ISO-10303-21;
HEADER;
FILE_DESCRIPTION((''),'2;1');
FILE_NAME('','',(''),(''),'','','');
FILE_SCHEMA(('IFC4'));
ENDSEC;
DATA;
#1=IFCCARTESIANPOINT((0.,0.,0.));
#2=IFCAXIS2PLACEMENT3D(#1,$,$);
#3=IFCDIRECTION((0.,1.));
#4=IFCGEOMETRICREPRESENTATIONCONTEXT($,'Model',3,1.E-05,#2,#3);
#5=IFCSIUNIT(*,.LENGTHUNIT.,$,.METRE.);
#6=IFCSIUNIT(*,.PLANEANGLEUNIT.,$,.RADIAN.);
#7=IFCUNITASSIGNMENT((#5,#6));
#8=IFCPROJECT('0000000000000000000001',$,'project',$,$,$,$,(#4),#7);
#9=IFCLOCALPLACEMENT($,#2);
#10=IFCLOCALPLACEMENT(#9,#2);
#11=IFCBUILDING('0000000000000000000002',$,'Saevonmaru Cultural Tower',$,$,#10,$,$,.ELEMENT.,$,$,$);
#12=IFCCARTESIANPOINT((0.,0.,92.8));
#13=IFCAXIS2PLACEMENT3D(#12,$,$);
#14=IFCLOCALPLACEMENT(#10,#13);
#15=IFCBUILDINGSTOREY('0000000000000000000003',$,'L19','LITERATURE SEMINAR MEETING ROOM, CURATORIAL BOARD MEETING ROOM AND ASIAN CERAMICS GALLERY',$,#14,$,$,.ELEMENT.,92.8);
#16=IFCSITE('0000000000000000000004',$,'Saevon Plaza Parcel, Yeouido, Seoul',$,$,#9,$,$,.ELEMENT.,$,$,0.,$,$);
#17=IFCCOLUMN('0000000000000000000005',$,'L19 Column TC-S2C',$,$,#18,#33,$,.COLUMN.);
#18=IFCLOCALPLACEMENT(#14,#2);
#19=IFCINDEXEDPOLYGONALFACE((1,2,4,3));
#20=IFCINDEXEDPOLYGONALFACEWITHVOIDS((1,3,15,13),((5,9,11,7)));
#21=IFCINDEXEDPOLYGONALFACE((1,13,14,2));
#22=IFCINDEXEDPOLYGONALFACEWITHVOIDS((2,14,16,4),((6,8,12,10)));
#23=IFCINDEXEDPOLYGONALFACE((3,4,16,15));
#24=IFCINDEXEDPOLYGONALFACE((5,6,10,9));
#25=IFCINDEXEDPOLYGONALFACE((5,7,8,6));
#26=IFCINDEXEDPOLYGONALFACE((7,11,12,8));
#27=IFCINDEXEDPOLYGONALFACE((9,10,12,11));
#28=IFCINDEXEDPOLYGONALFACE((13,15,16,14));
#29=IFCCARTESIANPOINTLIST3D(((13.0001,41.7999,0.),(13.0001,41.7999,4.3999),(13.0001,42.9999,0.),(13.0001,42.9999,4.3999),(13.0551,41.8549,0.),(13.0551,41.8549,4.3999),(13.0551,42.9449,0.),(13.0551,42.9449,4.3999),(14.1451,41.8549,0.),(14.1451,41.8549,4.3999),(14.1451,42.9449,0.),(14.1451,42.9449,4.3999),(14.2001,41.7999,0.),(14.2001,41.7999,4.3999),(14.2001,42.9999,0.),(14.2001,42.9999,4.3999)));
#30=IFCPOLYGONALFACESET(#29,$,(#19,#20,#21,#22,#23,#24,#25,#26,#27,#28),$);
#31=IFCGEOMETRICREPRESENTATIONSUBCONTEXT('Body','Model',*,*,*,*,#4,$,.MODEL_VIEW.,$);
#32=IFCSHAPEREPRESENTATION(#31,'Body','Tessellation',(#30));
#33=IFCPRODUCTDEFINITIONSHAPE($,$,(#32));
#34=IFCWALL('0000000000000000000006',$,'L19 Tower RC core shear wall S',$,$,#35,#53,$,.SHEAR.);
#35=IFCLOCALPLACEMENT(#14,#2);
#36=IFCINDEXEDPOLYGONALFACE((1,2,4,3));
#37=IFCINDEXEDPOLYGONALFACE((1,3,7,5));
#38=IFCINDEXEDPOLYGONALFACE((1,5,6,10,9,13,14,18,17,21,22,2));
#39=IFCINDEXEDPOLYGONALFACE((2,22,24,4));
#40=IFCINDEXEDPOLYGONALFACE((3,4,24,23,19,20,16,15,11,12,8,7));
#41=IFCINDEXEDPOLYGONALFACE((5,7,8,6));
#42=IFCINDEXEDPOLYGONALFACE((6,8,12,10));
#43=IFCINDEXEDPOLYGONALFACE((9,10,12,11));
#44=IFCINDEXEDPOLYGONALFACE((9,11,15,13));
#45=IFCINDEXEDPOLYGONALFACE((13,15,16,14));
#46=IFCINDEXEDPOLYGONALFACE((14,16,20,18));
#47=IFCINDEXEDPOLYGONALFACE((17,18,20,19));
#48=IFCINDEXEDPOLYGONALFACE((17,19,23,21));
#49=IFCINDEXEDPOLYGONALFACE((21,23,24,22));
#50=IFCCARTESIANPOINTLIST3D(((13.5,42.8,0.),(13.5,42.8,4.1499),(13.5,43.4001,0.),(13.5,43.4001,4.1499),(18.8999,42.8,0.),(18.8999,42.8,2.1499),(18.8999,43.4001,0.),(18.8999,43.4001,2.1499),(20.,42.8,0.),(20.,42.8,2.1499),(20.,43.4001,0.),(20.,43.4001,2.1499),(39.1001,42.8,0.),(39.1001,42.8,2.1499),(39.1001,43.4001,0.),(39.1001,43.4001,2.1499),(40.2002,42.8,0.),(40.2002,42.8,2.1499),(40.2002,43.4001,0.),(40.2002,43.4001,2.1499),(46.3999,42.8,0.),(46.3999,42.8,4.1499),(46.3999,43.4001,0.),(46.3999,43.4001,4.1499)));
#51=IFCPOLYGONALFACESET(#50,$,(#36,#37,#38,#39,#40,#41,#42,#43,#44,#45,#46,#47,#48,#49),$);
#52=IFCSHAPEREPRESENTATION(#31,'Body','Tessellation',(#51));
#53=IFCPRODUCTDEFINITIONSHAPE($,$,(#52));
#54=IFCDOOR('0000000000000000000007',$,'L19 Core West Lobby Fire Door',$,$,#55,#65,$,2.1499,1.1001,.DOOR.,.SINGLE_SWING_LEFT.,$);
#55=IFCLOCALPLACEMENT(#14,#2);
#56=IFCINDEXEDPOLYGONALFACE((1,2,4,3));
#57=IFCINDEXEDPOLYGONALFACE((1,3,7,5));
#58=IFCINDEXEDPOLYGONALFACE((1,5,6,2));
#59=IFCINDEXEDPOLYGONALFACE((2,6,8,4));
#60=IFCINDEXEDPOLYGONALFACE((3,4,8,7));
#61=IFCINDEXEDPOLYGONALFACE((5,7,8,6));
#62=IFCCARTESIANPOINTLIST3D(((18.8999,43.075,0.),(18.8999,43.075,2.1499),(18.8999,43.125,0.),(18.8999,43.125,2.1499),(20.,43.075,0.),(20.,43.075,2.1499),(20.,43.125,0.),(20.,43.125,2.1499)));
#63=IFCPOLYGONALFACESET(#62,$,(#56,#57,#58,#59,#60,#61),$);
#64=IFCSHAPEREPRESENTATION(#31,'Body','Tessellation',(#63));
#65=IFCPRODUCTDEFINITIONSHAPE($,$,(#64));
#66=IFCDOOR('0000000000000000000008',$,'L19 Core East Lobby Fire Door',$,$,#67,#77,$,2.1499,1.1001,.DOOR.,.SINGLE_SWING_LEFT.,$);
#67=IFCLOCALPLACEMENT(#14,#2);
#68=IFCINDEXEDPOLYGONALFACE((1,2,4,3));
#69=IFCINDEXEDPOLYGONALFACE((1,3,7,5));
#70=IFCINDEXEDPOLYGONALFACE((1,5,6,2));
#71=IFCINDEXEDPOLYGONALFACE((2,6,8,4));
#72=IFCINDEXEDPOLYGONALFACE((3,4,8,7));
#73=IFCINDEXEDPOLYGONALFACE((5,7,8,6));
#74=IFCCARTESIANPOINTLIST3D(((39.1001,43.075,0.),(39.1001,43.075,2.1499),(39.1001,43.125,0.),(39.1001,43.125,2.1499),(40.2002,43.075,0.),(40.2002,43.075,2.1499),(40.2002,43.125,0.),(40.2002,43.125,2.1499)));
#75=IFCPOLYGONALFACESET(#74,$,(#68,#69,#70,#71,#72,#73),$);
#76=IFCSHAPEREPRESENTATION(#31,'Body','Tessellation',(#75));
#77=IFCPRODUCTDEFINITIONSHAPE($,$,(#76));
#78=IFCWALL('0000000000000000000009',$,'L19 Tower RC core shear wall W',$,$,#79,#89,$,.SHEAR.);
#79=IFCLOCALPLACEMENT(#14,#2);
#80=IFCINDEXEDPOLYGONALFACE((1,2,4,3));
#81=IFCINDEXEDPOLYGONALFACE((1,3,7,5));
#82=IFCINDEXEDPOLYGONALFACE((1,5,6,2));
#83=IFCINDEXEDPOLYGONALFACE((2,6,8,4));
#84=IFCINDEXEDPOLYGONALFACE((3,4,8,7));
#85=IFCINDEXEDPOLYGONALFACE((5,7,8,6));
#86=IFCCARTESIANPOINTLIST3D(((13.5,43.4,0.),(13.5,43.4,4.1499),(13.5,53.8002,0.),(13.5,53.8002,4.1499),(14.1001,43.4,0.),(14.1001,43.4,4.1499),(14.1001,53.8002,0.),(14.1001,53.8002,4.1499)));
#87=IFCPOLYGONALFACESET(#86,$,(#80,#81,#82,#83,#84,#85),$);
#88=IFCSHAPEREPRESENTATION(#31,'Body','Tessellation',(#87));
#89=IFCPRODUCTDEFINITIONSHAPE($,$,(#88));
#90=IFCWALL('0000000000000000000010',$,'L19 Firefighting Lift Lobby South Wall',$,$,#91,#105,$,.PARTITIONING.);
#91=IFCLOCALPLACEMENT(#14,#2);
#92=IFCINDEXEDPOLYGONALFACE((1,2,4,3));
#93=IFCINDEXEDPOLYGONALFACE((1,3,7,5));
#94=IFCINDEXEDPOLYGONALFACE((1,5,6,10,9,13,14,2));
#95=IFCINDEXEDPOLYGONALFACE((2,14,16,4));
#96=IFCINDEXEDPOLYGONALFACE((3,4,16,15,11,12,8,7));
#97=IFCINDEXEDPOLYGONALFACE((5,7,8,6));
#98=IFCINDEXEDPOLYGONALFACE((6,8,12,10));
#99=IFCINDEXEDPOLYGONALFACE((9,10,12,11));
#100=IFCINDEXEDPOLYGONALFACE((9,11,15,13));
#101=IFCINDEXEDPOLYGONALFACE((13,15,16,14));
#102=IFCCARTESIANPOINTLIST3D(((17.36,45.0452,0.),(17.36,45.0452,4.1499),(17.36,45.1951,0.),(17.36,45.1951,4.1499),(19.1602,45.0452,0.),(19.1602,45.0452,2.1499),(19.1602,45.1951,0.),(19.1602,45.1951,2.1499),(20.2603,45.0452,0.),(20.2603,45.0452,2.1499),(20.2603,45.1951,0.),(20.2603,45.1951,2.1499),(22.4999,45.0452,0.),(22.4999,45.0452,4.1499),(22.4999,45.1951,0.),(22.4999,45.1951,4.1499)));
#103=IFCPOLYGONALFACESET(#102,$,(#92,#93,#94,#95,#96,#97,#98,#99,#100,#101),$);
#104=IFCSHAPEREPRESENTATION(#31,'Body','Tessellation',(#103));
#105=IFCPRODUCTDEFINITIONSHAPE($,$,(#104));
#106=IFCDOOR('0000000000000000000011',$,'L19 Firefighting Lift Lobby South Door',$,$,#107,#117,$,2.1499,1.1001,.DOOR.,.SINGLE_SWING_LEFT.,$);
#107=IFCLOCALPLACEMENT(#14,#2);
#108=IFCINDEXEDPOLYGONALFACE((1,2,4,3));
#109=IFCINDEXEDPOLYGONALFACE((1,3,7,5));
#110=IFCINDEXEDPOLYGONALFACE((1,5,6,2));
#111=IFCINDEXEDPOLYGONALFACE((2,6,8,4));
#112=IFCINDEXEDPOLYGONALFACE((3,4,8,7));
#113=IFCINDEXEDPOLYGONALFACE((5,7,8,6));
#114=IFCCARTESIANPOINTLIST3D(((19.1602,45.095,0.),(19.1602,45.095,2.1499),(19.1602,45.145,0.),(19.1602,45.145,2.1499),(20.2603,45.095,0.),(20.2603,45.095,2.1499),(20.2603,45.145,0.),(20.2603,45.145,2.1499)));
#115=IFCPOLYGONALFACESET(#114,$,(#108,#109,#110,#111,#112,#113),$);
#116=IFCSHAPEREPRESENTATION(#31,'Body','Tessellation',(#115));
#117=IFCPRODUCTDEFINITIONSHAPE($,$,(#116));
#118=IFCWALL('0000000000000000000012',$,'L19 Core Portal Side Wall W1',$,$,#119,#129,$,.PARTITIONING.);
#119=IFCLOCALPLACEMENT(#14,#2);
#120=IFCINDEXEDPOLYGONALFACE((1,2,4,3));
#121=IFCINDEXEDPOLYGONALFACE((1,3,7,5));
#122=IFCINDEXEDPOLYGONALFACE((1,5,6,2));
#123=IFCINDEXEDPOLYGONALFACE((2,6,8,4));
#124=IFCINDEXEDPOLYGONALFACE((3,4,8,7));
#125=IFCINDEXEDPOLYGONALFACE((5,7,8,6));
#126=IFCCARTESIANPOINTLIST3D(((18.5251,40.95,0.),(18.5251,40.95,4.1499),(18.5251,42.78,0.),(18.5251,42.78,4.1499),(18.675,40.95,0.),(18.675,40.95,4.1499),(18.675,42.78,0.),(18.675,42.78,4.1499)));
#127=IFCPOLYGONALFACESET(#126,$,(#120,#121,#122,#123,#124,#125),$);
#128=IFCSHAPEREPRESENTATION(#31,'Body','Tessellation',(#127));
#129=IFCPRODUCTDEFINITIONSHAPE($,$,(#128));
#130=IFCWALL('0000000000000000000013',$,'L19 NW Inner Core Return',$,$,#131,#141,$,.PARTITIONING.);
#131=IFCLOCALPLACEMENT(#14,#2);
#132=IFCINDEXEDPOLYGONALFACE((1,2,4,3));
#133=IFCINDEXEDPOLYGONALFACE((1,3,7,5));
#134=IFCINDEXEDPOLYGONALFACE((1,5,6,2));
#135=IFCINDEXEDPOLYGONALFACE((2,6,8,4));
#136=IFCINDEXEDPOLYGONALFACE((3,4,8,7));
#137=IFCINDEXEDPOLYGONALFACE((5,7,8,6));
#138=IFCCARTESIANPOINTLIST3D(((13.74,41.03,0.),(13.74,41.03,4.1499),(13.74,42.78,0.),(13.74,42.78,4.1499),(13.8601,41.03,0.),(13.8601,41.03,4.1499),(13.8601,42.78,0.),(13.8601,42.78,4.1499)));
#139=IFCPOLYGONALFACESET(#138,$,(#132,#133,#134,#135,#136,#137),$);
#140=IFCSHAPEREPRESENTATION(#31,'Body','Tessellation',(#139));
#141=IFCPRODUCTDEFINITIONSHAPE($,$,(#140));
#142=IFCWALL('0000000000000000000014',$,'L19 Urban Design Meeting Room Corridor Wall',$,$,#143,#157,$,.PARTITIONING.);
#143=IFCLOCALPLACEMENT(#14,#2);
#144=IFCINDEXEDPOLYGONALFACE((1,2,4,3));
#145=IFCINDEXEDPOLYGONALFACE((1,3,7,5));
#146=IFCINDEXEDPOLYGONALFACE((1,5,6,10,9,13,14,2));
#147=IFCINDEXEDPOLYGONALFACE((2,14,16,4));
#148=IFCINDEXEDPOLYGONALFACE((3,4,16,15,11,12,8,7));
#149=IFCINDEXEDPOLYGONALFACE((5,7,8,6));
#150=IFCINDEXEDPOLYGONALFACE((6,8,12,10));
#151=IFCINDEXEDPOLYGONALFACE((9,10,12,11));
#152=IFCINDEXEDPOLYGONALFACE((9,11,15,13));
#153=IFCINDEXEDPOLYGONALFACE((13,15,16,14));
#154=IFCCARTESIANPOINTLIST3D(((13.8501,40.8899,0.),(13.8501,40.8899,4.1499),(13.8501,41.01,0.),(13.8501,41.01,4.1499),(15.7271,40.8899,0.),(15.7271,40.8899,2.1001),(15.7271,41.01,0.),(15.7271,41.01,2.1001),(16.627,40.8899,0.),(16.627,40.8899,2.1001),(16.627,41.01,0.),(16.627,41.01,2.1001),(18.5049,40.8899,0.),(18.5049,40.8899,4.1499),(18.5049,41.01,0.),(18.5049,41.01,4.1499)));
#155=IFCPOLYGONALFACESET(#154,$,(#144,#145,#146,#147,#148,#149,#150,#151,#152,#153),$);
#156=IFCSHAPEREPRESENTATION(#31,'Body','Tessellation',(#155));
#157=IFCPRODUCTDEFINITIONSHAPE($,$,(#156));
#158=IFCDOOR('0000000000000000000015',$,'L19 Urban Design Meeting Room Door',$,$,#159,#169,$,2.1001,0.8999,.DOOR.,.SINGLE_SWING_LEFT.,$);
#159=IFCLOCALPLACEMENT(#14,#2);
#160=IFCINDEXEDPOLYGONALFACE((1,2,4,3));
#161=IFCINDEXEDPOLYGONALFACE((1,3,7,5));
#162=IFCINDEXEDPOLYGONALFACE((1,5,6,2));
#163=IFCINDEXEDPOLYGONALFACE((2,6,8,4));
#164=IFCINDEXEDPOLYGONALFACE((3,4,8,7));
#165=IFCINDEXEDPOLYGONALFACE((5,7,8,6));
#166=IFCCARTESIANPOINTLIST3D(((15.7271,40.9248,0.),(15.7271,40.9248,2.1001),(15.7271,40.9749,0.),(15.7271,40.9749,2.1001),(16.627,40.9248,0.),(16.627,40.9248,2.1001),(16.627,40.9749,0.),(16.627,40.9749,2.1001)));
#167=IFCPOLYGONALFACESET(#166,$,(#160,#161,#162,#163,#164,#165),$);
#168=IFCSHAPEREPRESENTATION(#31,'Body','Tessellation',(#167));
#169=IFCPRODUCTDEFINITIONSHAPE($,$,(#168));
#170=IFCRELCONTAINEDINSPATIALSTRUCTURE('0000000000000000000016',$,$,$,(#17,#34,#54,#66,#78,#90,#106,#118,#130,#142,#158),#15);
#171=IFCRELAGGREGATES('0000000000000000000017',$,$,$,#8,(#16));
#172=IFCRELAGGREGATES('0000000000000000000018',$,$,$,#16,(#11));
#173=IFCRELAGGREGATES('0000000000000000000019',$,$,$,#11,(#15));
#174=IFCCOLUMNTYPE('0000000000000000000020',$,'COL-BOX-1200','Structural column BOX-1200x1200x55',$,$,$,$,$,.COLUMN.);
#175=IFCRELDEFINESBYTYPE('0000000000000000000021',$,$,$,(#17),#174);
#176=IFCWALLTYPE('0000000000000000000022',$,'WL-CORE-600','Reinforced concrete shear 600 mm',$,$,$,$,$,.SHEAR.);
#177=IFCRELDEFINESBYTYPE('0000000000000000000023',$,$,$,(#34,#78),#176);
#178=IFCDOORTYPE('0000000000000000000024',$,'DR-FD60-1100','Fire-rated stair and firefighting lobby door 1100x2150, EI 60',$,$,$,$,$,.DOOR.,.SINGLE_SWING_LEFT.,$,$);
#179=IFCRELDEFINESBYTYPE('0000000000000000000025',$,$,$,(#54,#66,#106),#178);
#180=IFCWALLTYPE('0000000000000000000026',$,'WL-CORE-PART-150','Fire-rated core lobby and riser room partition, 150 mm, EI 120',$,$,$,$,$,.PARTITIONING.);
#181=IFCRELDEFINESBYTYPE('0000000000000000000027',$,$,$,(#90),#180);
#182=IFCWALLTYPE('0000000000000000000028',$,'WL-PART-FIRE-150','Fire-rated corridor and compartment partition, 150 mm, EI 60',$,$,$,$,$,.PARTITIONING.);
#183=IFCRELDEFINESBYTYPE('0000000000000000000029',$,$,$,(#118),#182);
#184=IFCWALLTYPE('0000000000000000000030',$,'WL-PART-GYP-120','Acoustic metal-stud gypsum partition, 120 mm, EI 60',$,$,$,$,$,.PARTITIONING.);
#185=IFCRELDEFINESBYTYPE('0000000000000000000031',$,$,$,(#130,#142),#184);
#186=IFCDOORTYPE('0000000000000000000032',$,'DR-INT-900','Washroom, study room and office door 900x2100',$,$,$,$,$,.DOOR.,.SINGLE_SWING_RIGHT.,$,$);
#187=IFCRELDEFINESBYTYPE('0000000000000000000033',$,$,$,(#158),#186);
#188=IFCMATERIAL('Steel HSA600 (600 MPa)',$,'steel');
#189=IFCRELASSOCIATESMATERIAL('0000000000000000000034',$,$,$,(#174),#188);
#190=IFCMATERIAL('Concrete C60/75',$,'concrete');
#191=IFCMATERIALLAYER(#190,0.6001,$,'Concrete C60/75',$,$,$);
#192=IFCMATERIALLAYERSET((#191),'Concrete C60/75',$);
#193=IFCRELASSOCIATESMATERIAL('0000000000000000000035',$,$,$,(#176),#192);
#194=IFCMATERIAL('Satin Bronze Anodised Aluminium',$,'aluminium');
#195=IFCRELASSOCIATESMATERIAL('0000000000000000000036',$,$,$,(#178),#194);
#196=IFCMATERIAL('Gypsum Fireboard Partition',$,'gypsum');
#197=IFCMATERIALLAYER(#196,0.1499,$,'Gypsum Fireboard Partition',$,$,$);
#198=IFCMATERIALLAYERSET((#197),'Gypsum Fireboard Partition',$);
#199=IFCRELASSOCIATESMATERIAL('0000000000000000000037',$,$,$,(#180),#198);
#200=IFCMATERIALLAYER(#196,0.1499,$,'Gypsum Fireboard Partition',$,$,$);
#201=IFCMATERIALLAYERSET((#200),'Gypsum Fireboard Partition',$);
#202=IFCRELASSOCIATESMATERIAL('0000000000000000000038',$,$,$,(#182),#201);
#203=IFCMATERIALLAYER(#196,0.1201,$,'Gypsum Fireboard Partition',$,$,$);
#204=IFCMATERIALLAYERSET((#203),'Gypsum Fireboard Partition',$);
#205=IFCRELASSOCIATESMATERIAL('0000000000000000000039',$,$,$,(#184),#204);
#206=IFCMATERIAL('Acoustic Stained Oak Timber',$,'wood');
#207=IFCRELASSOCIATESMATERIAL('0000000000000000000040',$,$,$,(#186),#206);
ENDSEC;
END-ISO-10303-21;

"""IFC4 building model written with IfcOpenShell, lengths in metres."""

from ifc_helpers import new_model, si_unit, direction, frame, frame_2d, origin, origin_2d, place, context, subcontext, project, spatial, rectangle, hollow_rectangle, extrude, material, layer, layer_set, material_profile, profile_set, type_object, element, fill, save


model = new_model("IFC4")

# Units and contexts
model_context = context("Model", 3, precision=1e-05, world=origin(), true_north=direction((0.0, 1.0)))
body_context = subcontext(model_context, "Body", "Model", "MODEL_VIEW")
ifc_project = project(units=[si_unit("LENGTHUNIT", "METRE"), si_unit("PLANEANGLEUNIT", "RADIAN")], contexts=[model_context])

# Site, building, storey
site_placement = place(None, origin())
site = spatial("IfcSite", under=ifc_project, at=site_placement, Name="Saevon Plaza Parcel, Yeouido, Seoul", CompositionType="ELEMENT", RefElevation=0.0)
building_placement = place(site_placement, origin())
building = spatial("IfcBuilding", under=site, at=building_placement, Name="Saevonmaru Cultural Tower", CompositionType="ELEMENT")
storey_placement = place(building_placement, frame((0.0, 0.0, 92.8)))
storey = spatial("IfcBuildingStorey", under=building, at=storey_placement, Name="L19", Description="LITERATURE SEMINAR MEETING ROOM, CURATORIAL BOARD MEETING ROOM AND ASIAN CERAMICS GALLERY", CompositionType="ELEMENT", Elevation=92.8)

# Column
ifc_material_1 = material(Name="Steel HSA600 (600 MPa)", Category="steel")
ifc_material_profile = material_profile(ifc_material_1, hollow_rectangle(XDim=1.2, YDim=1.2, WallThickness=0.0549, at=origin_2d()), Name="BOX-1200x1200x55")
ifc_profile_set = profile_set([ifc_material_profile], Name="Steel HSA600 (600 MPa)")
column_type = type_object("IfcColumnType", Name="COL-BOX-1200", Description="Structural column BOX-1200x1200x55", PredefinedType="COLUMN", material=ifc_profile_set)
column_placement = place(storey_placement, frame((13.6001, 42.3999, 0.0), z_axis=(0.0, 0.0, 1.0), x_axis=(1.0, 0.0, 0.0)))
element("IfcColumn", 1, at=column_placement, inside=storey, type_object=column_type, Name="L19 Column TC-S2C", PredefinedType="COLUMN", context=body_context, shape_type="SweptSolid", body=[
    extrude(hollow_rectangle(XDim=1.2, YDim=1.2, WallThickness=0.0549, at=origin_2d()), origin(), (0.0, 0.0, 1.0), 4.3999),
])

# Wall, openings, doors
ifc_material_2 = material(Name="Concrete C60/75", Category="concrete")
ifc_layer_1 = layer(ifc_material_2, 0.6001, Name="Concrete C60/75")
ifc_layer_set_1 = layer_set([ifc_layer_1], Name="Concrete C60/75")
wall_type_1 = type_object("IfcWallType", Name="WL-CORE-600", Description="Reinforced concrete shear 600 mm", PredefinedType="SHEAR", material=ifc_layer_set_1)
wall_1_placement = place(storey_placement, frame((13.5, 43.1001, 0.0), z_axis=(0.0, 0.0, 1.0), x_axis=(1.0, 0.0, 0.0)))
wall_1 = element("IfcWall", 2, at=wall_1_placement, inside=storey, type_object=wall_type_1, Name="L19 Tower RC core shear wall S", PredefinedType="SHEAR", context=body_context, shape_type="SweptSolid", body=[
    extrude(rectangle(XDim=32.8999, YDim=0.6001, at=frame_2d((16.45, 0.0))), origin(), (0.0, 0.0, 1.0), 4.1499),
])
opening_1_placement = place(wall_1_placement, frame((5.3999, 0.0, 0.0)))
opening_1 = element("IfcOpeningElement", 3, at=opening_1_placement, cuts=wall_1, PredefinedType="OPENING", context=body_context, shape_type="SweptSolid", body=[
    extrude(rectangle(XDim=1.1001, YDim=2.1499, at=frame_2d((0.55, 1.075))), frame((0.0, 0.3101, 0.0), z_axis=(0.0, -1.0, 0.0), x_axis=(1.0, 0.0, 0.0)), (0.0, 0.0, 1.0), 0.6201),
])
opening_2_placement = place(wall_1_placement, frame((25.6001, 0.0, 0.0)))
opening_2 = element("IfcOpeningElement", 4, at=opening_2_placement, cuts=wall_1, PredefinedType="OPENING", context=body_context, shape_type="SweptSolid", body=[
    extrude(rectangle(XDim=1.1001, YDim=2.1499, at=frame_2d((0.55, 1.075))), frame((0.0, 0.3101, 0.0), z_axis=(0.0, -1.0, 0.0), x_axis=(1.0, 0.0, 0.0)), (0.0, 0.0, 1.0), 0.6201),
])
ifc_material_3 = material(Name="Satin Bronze Anodised Aluminium", Category="aluminium")
door_type_1 = type_object("IfcDoorType", Name="DR-FD60-1100", Description="Fire-rated stair and firefighting lobby door 1100x2150, EI 60", OperationType="SINGLE_SWING_LEFT", PredefinedType="DOOR", material=ifc_material_3)
door_1_placement = place(opening_1_placement, origin())
door_1 = element("IfcDoor", 5, at=door_1_placement, inside=storey, type_object=door_type_1, Name="L19 Core West Lobby Fire Door", OperationType="SINGLE_SWING_LEFT", OverallHeight=2.1499, OverallWidth=1.1001, PredefinedType="DOOR", context=body_context, shape_type="SweptSolid", body=[
    extrude(rectangle(XDim=1.1001, YDim=2.1499, at=frame_2d((0.55, 1.075))), frame((0.0, 0.0249, 0.0), z_axis=(0.0, -1.0, 0.0), x_axis=(1.0, 0.0, 0.0)), (0.0, 0.0, 1.0), 0.05),
])
fill(opening_1, door_1)
door_2_placement = place(opening_2_placement, origin())
door_2 = element("IfcDoor", 6, at=door_2_placement, inside=storey, type_object=door_type_1, Name="L19 Core East Lobby Fire Door", OperationType="SINGLE_SWING_LEFT", OverallHeight=2.1499, OverallWidth=1.1001, PredefinedType="DOOR", context=body_context, shape_type="SweptSolid", body=[
    extrude(rectangle(XDim=1.1001, YDim=2.1499, at=frame_2d((0.55, 1.075))), frame((0.0, 0.0249, 0.0), z_axis=(0.0, -1.0, 0.0), x_axis=(1.0, 0.0, 0.0)), (0.0, 0.0, 1.0), 0.05),
])
fill(opening_2, door_2)

# Wall
wall_2_placement = place(storey_placement, frame((13.8, 43.3999, 0.0), z_axis=(0.0, 0.0, 1.0), x_axis=(0.0, 1.0, 0.0)))
element("IfcWall", 7, at=wall_2_placement, inside=storey, type_object=wall_type_1, Name="L19 Tower RC core shear wall W", PredefinedType="SHEAR", context=body_context, shape_type="SweptSolid", body=[
    extrude(rectangle(XDim=10.4001, YDim=0.6001, at=frame_2d((5.2002, 0.0))), origin(), (0.0, 0.0, 1.0), 4.1499),
])

# Wall, opening, door
ifc_material_4 = material(Name="Gypsum Fireboard Partition", Category="gypsum")
ifc_layer_2 = layer(ifc_material_4, 0.1499, Name="Gypsum Fireboard Partition")
ifc_layer_set_2 = layer_set([ifc_layer_2], Name="Gypsum Fireboard Partition")
wall_type_2 = type_object("IfcWallType", Name="WL-CORE-PART-150", Description="Fire-rated core lobby and riser room partition, 150 mm, EI 120", PredefinedType="PARTITIONING", material=ifc_layer_set_2)
wall_3_placement = place(storey_placement, frame((17.3601, 45.1201, 0.0), z_axis=(0.0, 0.0, 1.0), x_axis=(1.0, 0.0, 0.0)))
wall_3 = element("IfcWall", 8, at=wall_3_placement, inside=storey, type_object=wall_type_2, Name="L19 Firefighting Lift Lobby South Wall", PredefinedType="PARTITIONING", context=body_context, shape_type="SweptSolid", body=[
    extrude(rectangle(XDim=5.1399, YDim=0.1499, at=frame_2d((2.5698, 0.0))), origin(), (0.0, 0.0, 1.0), 4.1499),
])
opening_3_placement = place(wall_3_placement, frame((1.8, 0.0, 0.0)))
opening_3 = element("IfcOpeningElement", 9, at=opening_3_placement, cuts=wall_3, PredefinedType="OPENING", context=body_context, shape_type="SweptSolid", body=[
    extrude(rectangle(XDim=1.1001, YDim=2.1499, at=frame_2d((0.55, 1.075))), frame((0.0, 0.085, 0.0), z_axis=(0.0, -1.0, 0.0), x_axis=(1.0, 0.0, 0.0)), (0.0, 0.0, 1.0), 0.1699),
])
door_3_placement = place(opening_3_placement, origin())
door_3 = element("IfcDoor", 10, at=door_3_placement, inside=storey, type_object=door_type_1, Name="L19 Firefighting Lift Lobby South Door", OperationType="SINGLE_SWING_LEFT", OverallHeight=2.1499, OverallWidth=1.1001, PredefinedType="DOOR", context=body_context, shape_type="SweptSolid", body=[
    extrude(rectangle(XDim=1.1001, YDim=2.1499, at=frame_2d((0.55, 1.075))), frame((0.0, 0.0249, 0.0), z_axis=(0.0, -1.0, 0.0), x_axis=(1.0, 0.0, 0.0)), (0.0, 0.0, 1.0), 0.05),
])
fill(opening_3, door_3)

# Walls
ifc_layer_3 = layer(ifc_material_4, 0.1499, Name="Gypsum Fireboard Partition")
ifc_layer_set_3 = layer_set([ifc_layer_3], Name="Gypsum Fireboard Partition")
wall_type_3 = type_object("IfcWallType", Name="WL-PART-FIRE-150", Description="Fire-rated corridor and compartment partition, 150 mm, EI 60", PredefinedType="PARTITIONING", material=ifc_layer_set_3)
wall_4_placement = place(storey_placement, frame((18.6001, 40.95, 0.0), z_axis=(0.0, 0.0, 1.0), x_axis=(0.0, 1.0, 0.0)))
element("IfcWall", 11, at=wall_4_placement, inside=storey, type_object=wall_type_3, Name="L19 Core Portal Side Wall W1", PredefinedType="PARTITIONING", context=body_context, shape_type="SweptSolid", body=[
    extrude(rectangle(XDim=1.8301, YDim=0.1499, at=frame_2d((0.915, 0.0))), origin(), (0.0, 0.0, 1.0), 4.1499),
])
ifc_layer_4 = layer(ifc_material_4, 0.1201, Name="Gypsum Fireboard Partition")
ifc_layer_set_4 = layer_set([ifc_layer_4], Name="Gypsum Fireboard Partition")
wall_type_4 = type_object("IfcWallType", Name="WL-PART-GYP-120", Description="Acoustic metal-stud gypsum partition, 120 mm, EI 60", PredefinedType="PARTITIONING", material=ifc_layer_set_4)
wall_5_placement = place(storey_placement, frame((13.8, 41.03, 0.0), z_axis=(0.0, 0.0, 1.0), x_axis=(0.0, 1.0, 0.0)))
element("IfcWall", 12, at=wall_5_placement, inside=storey, type_object=wall_type_4, Name="L19 NW Inner Core Return", PredefinedType="PARTITIONING", context=body_context, shape_type="SweptSolid", body=[
    extrude(rectangle(XDim=1.75, YDim=0.1201, at=frame_2d((0.875, 0.0))), origin(), (0.0, 0.0, 1.0), 4.1499),
])

# Wall, opening, door
wall_6_placement = place(storey_placement, frame((13.8501, 40.95, 0.0), z_axis=(0.0, 0.0, 1.0), x_axis=(1.0, 0.0, 0.0)))
wall_6 = element("IfcWall", 13, at=wall_6_placement, inside=storey, type_object=wall_type_4, Name="L19 Urban Design Meeting Room Corridor Wall", PredefinedType="PARTITIONING", context=body_context, shape_type="SweptSolid", body=[
    extrude(rectangle(XDim=4.6548, YDim=0.1201, at=frame_2d((2.3274, 0.0))), origin(), (0.0, 0.0, 1.0), 4.1499),
])
opening_4_placement = place(wall_6_placement, frame((1.877, 0.0, 0.0)))
opening_4 = element("IfcOpeningElement", 14, at=opening_4_placement, cuts=wall_6, PredefinedType="OPENING", context=body_context, shape_type="SweptSolid", body=[
    extrude(rectangle(XDim=0.8999, YDim=2.1001, at=frame_2d((0.45, 1.05))), frame((0.0, 0.0701, 0.0), z_axis=(0.0, -1.0, 0.0), x_axis=(1.0, 0.0, 0.0)), (0.0, 0.0, 1.0), 0.1401),
])
ifc_material_5 = material(Name="Acoustic Stained Oak Timber", Category="wood")
door_type_2 = type_object("IfcDoorType", Name="DR-INT-900", Description="Washroom, study room and office door 900x2100", OperationType="SINGLE_SWING_RIGHT", PredefinedType="DOOR", material=ifc_material_5)
door_4_placement = place(opening_4_placement, origin())
door_4 = element("IfcDoor", 15, at=door_4_placement, inside=storey, type_object=door_type_2, Name="L19 Urban Design Meeting Room Door", OperationType="SINGLE_SWING_LEFT", OverallHeight=2.1001, OverallWidth=0.8999, PredefinedType="DOOR", context=body_context, shape_type="SweptSolid", body=[
    extrude(rectangle(XDim=0.8999, YDim=2.1001, at=frame_2d((0.45, 1.05))), frame((0.0, 0.0249, 0.0), z_axis=(0.0, -1.0, 0.0), x_axis=(1.0, 0.0, 0.0)), (0.0, 0.0, 1.0), 0.05),
])
fill(opening_4, door_4)

save(model, "model.ifc")
